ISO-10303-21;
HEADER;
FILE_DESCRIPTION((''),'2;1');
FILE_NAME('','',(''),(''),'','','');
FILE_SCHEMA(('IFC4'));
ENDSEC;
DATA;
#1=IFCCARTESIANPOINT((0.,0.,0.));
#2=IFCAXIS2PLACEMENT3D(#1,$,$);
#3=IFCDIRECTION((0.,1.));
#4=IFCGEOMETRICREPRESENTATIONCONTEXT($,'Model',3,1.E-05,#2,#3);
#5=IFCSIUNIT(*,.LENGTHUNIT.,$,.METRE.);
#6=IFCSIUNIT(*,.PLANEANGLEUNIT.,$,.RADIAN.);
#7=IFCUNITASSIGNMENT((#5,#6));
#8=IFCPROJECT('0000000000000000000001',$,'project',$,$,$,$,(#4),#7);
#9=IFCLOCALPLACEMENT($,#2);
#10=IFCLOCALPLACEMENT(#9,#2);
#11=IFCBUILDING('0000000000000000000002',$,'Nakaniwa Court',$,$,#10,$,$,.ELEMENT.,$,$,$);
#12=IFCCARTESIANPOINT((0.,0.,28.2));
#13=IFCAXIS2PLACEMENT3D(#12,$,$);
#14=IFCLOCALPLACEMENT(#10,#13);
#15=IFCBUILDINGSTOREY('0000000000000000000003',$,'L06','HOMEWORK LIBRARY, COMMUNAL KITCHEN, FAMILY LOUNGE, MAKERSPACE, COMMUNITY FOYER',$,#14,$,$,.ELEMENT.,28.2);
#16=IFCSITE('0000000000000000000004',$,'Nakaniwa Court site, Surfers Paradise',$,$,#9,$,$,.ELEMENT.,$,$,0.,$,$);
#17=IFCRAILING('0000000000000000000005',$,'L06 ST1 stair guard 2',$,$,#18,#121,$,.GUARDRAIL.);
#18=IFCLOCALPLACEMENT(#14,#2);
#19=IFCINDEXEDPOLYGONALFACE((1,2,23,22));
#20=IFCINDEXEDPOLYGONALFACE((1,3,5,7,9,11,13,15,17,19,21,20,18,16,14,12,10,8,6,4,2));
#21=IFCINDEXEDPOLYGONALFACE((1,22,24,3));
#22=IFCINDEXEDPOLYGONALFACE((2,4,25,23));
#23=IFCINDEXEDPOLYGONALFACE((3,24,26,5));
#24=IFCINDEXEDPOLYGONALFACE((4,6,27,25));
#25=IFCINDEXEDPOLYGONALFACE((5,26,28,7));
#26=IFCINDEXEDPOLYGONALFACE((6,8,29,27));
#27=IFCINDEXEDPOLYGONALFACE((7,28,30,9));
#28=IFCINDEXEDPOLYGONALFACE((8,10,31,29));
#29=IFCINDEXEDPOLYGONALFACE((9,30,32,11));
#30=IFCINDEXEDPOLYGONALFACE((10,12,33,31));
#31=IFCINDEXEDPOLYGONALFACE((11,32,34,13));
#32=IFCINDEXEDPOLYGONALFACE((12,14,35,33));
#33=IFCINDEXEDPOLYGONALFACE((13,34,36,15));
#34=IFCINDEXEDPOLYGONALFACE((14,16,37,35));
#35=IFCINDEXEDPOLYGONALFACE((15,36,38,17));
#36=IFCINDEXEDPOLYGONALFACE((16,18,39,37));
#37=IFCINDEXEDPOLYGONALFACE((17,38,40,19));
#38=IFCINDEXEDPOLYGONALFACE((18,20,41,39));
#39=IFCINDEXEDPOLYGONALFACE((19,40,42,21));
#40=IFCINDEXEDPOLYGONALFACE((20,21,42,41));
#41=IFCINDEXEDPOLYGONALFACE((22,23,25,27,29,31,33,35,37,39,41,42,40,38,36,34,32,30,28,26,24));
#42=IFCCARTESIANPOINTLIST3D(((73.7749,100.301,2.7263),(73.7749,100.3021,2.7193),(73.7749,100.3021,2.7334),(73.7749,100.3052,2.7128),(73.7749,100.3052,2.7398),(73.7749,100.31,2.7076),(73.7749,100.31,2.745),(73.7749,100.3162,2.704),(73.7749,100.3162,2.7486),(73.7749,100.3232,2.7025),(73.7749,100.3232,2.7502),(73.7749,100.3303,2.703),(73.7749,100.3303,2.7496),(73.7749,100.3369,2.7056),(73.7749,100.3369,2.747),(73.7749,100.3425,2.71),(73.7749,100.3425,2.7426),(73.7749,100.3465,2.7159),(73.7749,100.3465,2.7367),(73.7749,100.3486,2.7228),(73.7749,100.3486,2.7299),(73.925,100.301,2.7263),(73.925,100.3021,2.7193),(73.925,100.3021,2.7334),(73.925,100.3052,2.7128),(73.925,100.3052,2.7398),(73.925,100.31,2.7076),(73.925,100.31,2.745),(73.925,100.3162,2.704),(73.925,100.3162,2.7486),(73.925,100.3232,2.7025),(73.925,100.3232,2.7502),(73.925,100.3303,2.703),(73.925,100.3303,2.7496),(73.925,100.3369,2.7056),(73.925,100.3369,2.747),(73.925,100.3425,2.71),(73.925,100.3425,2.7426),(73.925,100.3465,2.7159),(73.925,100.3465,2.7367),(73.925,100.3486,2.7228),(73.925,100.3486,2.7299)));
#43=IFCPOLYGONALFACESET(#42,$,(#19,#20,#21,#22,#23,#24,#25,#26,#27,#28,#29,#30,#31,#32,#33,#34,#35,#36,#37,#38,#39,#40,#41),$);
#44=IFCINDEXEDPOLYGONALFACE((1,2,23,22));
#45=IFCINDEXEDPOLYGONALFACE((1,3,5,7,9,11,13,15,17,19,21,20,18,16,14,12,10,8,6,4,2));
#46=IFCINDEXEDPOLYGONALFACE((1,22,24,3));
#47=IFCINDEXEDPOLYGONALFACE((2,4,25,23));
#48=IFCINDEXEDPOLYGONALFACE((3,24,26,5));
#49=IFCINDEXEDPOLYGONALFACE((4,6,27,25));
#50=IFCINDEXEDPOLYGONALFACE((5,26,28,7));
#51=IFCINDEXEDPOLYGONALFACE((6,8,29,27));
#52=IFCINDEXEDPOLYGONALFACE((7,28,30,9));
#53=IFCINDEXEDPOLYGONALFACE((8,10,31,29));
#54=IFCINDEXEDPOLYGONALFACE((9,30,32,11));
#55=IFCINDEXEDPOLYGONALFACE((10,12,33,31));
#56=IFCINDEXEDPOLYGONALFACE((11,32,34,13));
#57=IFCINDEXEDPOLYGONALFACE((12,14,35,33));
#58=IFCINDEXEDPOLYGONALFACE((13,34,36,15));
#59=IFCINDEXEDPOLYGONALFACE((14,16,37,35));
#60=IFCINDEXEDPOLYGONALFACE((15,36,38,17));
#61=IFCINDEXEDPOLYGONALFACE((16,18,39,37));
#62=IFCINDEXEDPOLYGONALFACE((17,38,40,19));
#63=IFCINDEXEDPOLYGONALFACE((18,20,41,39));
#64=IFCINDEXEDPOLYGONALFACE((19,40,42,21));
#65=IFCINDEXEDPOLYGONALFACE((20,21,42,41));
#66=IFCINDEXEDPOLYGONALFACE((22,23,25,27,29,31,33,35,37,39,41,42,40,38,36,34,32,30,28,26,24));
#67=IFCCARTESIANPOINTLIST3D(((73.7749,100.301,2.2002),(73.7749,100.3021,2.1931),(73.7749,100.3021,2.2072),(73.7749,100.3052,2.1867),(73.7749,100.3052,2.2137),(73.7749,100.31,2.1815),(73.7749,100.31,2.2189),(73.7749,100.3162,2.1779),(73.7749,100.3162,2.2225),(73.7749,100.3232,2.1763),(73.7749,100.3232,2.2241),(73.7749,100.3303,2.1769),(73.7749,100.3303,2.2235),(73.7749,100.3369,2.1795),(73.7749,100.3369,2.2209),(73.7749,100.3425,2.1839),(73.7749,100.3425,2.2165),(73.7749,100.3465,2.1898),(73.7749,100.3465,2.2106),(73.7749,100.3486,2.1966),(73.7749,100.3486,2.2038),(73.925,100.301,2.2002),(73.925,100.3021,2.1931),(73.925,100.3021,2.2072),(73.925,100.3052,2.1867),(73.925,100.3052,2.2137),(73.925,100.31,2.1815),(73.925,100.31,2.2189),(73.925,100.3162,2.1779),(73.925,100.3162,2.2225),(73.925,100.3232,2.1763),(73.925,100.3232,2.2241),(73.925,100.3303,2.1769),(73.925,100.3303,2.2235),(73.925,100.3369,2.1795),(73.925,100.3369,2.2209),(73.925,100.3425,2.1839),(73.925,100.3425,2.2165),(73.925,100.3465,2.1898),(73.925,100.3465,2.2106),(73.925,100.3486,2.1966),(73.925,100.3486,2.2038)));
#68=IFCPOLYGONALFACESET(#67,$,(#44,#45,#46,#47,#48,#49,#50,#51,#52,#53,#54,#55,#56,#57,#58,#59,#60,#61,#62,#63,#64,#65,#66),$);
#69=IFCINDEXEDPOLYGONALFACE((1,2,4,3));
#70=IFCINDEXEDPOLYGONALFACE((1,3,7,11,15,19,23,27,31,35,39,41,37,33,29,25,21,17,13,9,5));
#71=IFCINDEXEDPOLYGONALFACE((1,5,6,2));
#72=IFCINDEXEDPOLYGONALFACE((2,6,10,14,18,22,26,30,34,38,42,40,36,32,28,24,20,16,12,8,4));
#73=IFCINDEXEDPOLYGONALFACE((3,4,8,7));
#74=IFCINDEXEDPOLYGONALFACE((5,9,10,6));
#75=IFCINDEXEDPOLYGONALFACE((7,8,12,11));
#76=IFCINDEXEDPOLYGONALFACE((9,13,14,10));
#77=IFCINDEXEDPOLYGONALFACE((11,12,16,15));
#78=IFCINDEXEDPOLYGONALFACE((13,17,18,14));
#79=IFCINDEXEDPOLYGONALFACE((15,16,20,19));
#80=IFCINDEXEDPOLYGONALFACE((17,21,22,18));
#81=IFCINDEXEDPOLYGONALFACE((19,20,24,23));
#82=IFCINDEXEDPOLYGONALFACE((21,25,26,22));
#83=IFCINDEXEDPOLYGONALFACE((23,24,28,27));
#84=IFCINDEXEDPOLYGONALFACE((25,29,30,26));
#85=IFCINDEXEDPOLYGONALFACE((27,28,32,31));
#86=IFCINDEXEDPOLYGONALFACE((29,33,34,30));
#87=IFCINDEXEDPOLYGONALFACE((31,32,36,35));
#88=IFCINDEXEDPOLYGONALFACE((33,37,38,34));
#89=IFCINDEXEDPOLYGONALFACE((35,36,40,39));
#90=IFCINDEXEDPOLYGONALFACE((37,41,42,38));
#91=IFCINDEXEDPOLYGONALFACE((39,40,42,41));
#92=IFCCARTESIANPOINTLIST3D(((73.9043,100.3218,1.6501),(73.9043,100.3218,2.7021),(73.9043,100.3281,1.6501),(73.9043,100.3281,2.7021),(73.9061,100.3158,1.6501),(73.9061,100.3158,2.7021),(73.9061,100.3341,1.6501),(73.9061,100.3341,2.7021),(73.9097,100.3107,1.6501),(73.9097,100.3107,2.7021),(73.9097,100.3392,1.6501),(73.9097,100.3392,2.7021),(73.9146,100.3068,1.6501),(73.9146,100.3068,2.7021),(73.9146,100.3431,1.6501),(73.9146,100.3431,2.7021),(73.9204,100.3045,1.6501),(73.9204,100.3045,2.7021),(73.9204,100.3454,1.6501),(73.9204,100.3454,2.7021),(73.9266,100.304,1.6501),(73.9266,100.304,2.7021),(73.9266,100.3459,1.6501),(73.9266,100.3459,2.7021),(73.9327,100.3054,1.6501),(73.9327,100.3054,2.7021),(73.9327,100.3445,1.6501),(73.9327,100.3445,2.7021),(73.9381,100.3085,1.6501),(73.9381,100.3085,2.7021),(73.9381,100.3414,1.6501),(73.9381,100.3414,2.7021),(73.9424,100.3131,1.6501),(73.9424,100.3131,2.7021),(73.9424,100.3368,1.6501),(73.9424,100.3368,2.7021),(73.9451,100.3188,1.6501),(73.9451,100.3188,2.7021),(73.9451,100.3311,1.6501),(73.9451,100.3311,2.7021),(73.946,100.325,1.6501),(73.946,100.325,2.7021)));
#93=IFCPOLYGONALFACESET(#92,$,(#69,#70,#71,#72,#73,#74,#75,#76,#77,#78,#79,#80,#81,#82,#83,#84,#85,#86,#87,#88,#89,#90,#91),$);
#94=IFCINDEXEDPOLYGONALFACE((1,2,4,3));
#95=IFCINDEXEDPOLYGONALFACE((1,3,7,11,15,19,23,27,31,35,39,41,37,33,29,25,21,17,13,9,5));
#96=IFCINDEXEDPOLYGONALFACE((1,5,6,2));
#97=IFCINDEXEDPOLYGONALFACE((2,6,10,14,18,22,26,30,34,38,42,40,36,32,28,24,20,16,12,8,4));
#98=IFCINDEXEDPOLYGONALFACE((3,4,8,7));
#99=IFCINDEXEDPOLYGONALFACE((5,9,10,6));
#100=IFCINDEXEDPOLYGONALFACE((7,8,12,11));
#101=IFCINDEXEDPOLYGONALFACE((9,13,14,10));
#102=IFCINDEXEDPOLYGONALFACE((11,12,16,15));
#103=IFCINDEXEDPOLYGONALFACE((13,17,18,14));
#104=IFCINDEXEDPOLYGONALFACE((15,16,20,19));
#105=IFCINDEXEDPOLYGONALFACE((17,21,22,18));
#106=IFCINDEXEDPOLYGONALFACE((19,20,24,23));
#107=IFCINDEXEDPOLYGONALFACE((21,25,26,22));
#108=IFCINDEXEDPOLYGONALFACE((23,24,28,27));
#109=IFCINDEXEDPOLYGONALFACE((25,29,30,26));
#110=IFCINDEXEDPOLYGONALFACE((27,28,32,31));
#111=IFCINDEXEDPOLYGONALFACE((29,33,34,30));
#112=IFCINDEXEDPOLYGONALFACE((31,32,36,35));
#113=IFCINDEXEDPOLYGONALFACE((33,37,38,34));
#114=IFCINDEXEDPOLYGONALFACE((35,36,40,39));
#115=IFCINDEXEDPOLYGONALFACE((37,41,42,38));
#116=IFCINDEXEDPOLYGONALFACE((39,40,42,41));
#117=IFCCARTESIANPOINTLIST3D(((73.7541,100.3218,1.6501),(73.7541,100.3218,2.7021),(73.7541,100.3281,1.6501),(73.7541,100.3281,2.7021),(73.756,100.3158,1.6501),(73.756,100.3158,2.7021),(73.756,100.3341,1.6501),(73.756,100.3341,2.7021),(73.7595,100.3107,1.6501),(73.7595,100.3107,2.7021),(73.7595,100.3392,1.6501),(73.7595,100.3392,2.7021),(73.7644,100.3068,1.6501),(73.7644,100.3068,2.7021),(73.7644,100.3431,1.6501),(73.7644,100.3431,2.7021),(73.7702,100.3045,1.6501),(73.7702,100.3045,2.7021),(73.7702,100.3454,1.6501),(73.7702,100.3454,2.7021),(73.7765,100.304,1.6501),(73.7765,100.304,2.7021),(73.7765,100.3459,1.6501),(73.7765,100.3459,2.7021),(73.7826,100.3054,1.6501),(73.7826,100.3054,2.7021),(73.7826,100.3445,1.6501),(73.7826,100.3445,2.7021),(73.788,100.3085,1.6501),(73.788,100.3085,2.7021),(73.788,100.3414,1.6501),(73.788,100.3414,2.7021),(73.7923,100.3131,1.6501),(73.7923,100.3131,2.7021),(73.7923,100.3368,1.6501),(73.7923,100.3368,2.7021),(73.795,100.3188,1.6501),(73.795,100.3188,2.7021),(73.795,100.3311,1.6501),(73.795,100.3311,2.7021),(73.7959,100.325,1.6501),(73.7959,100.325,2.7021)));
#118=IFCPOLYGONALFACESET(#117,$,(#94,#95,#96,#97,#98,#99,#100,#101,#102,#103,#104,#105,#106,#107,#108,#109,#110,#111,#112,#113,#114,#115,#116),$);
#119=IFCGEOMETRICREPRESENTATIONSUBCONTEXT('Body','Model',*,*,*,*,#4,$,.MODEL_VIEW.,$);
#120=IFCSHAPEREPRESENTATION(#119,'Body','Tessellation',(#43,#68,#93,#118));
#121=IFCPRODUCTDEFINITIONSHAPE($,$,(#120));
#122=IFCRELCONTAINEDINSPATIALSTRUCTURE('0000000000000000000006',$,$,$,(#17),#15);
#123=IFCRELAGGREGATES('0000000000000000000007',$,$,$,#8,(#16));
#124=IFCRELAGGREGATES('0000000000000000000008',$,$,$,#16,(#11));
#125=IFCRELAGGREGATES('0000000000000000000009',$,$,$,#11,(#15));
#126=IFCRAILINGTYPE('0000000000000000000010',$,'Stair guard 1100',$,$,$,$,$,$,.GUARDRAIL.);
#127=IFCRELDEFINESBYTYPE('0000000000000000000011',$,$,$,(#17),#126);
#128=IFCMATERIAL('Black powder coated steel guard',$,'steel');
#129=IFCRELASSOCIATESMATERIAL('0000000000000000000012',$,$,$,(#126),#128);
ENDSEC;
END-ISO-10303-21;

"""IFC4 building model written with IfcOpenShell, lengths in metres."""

from ifc_helpers import new_model, si_unit, direction, frame, origin, origin_2d, place, context, subcontext, project, spatial, circle, extrude, material, type_object, element, save


model = new_model("IFC4")

# Units and contexts
model_context = context("Model", 3, precision=1e-05, world=origin(), true_north=direction((0.0, 1.0)))
body_context = subcontext(model_context, "Body", "Model", "MODEL_VIEW")
ifc_project = project(units=[si_unit("LENGTHUNIT", "METRE"), si_unit("PLANEANGLEUNIT", "RADIAN")], contexts=[model_context])

# Site, building, storey
site_placement = place(None, origin())
site = spatial("IfcSite", under=ifc_project, at=site_placement, Name="Nakaniwa Court site, Surfers Paradise", CompositionType="ELEMENT", RefElevation=0.0)
building_placement = place(site_placement, origin())
building = spatial("IfcBuilding", under=site, at=building_placement, Name="Nakaniwa Court", CompositionType="ELEMENT")
storey_placement = place(building_placement, frame((0.0, 0.0, 28.2)))
storey = spatial("IfcBuildingStorey", under=building, at=storey_placement, Name="L06", Description="HOMEWORK LIBRARY, COMMUNAL KITCHEN, FAMILY LOUNGE, MAKERSPACE, COMMUNITY FOYER", CompositionType="ELEMENT", Elevation=28.2)

# Railing
ifc_material_1 = material(Name="Black powder coated steel guard", Category="steel")
railing_type_1 = type_object("IfcRailingType", Name="Stair guard 1100", PredefinedType="GUARDRAIL", material=ifc_material_1)
railing_1_placement = place(storey_placement, frame((73.925, 100.325, 1.6501)))
element("IfcRailing", 1, at=railing_1_placement, inside=storey, type_object=railing_type_1, Name="L06 ST1 stair guard 2", PredefinedType="GUARDRAIL", context=body_context, shape_type="SweptSolid", body=[
    extrude(circle(Radius=0.0239, at=origin_2d()), frame((0.0, 0.0, 1.0762), z_axis=(-1.0, 0.0, 0.0), x_axis=(0.0, -1.0, 0.0)), (0.0, 0.0, 1.0), 0.1501),
    extrude(circle(Radius=0.0239, at=origin_2d()), frame((0.0, 0.0, 0.55), z_axis=(-1.0, 0.0, 0.0), x_axis=(0.0, -1.0, 0.0)), (0.0, 0.0, 1.0), 0.1501),
    extrude(circle(Radius=0.021, at=origin_2d()), origin(), (0.0, 0.0, 1.0), 1.052),
    extrude(circle(Radius=0.021, at=origin_2d()), frame((-0.1501, 0.0, 0.0)), (0.0, 0.0, 1.0), 1.052),
])

save(model, "model.ifc")
